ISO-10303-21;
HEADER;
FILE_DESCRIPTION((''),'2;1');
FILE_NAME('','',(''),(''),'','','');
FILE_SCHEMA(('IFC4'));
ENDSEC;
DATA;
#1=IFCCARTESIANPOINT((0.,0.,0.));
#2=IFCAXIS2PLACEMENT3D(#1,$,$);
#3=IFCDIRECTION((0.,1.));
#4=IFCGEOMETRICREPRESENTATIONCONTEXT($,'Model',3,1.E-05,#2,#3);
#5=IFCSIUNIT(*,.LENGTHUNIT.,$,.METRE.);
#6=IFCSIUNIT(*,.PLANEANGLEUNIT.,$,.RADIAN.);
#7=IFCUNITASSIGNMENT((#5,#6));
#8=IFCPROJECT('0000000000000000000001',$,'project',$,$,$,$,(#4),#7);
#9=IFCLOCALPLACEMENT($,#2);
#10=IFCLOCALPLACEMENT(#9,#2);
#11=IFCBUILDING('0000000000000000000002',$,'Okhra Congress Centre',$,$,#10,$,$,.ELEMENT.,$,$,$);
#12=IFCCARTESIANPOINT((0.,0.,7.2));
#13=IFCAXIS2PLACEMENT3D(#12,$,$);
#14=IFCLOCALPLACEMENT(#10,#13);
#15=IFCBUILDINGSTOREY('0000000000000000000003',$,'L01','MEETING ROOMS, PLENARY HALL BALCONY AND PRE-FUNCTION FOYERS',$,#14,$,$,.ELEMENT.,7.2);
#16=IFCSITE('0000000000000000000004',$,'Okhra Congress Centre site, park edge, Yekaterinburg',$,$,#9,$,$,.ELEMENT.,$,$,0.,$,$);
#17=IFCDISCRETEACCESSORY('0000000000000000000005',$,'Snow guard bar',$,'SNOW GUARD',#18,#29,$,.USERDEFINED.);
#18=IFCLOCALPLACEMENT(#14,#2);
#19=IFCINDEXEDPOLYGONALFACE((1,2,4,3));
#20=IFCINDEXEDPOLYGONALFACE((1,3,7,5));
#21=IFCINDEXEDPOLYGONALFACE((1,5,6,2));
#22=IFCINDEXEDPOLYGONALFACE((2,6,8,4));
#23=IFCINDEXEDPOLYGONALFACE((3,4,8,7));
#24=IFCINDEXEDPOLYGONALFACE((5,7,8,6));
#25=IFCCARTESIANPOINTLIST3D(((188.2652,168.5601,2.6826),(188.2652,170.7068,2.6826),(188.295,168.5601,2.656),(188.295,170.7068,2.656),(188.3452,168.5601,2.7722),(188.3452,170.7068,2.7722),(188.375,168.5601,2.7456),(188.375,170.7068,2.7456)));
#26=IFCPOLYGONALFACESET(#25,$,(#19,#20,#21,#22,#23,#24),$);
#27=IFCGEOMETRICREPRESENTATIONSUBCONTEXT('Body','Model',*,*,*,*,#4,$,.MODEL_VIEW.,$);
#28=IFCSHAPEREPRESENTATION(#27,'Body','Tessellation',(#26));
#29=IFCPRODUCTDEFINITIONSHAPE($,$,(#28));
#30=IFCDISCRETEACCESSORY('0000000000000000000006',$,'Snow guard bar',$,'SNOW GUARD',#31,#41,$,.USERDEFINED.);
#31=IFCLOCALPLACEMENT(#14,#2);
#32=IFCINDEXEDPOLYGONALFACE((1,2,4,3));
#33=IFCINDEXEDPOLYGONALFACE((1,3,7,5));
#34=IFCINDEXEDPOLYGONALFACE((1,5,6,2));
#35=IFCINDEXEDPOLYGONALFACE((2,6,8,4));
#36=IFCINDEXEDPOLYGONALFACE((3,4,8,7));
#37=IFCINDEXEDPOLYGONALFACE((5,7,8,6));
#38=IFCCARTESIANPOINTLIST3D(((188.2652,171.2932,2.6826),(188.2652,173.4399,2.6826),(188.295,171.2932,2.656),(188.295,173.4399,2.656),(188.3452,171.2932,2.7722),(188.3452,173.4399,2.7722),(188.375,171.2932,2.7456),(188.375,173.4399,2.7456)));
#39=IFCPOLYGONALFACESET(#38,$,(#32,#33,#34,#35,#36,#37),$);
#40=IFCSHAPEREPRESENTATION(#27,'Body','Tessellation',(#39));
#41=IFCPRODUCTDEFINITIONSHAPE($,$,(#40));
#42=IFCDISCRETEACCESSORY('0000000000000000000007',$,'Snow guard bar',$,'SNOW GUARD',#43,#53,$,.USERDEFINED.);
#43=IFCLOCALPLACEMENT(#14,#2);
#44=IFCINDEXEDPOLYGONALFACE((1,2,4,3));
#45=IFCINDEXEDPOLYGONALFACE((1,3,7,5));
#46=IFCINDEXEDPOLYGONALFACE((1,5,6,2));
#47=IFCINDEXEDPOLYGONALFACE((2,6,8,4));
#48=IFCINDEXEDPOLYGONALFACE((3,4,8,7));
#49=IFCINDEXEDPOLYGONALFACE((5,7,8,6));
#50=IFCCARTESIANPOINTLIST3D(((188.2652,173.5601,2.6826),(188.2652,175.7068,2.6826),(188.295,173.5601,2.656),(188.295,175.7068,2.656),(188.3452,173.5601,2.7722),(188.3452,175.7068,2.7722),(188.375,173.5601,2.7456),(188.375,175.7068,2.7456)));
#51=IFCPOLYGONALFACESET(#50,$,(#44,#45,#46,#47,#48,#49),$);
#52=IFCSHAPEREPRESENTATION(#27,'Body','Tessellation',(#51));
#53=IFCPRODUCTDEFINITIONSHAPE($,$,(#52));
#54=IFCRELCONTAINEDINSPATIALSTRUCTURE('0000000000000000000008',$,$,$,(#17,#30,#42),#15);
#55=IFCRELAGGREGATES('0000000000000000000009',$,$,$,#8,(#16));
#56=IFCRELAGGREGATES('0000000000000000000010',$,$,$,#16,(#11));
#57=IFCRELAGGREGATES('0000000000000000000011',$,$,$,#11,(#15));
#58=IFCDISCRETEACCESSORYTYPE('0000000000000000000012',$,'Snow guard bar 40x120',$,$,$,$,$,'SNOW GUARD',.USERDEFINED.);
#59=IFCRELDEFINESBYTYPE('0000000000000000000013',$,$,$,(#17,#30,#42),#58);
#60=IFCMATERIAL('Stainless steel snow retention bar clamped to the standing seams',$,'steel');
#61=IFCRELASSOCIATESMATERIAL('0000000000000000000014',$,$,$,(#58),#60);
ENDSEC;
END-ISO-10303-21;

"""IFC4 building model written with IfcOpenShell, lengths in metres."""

from ifc_helpers import new_model, si_unit, direction, frame, origin, place, context, subcontext, project, spatial, polyline, outline, extrude, material, type_object, element, save


model = new_model("IFC4")

# Units and contexts
model_context = context("Model", 3, precision=1e-05, world=origin(), true_north=direction((0.0, 1.0)))
body_context = subcontext(model_context, "Body", "Model", "MODEL_VIEW")
ifc_project = project(units=[si_unit("LENGTHUNIT", "METRE"), si_unit("PLANEANGLEUNIT", "RADIAN")], contexts=[model_context])

# Site, building, storey
site_placement = place(None, origin())
site = spatial("IfcSite", under=ifc_project, at=site_placement, Name="Okhra Congress Centre site, park edge, Yekaterinburg", CompositionType="ELEMENT", RefElevation=0.0)
building_placement = place(site_placement, origin())
building = spatial("IfcBuilding", under=site, at=building_placement, Name="Okhra Congress Centre", CompositionType="ELEMENT")
storey_placement = place(building_placement, frame((0.0, 0.0, 7.2)))
storey = spatial("IfcBuildingStorey", under=building, at=storey_placement, Name="L01", Description="MEETING ROOMS, PLENARY HALL BALCONY AND PRE-FUNCTION FOYERS", CompositionType="ELEMENT", Elevation=7.2)

# Discrete accessories
ifc_material_1 = material(Name="Stainless steel snow retention bar clamped to the standing seams", Category="steel")
discrete_accessory_type_1 = type_object("IfcDiscreteAccessoryType", Name="Snow guard bar 40x120", ElementType="SNOW GUARD", PredefinedType="USERDEFINED", material=ifc_material_1)
for number, where, z_axis, x_axis, name in (
    (1, (188.3452, 168.5601, 2.7722), (0.666259, 0.0, 0.745721), (0.745721, 0.0, -0.666259), "Snow guard bar"),
    (2, (188.3452, 171.2932, 2.7722), (0.666259, 0.0, 0.745721), (0.745721, 0.0, -0.666259), "Snow guard bar"),
    (3, (188.3452, 173.5601, 2.7722), (0.666259, 0.0, 0.745721), (0.745721, 0.0, -0.666259), "Snow guard bar"),
):
    element("IfcDiscreteAccessory", number, at=place(storey_placement, frame(where, z_axis=z_axis, x_axis=x_axis)), inside=storey, type_object=discrete_accessory_type_1, Name=name, ObjectType="SNOW GUARD", PredefinedType="USERDEFINED", context=body_context, shape_type="SweptSolid", body=[
        extrude(outline(polyline([(0.0, 0.0), (0.0399, 0.0), (0.0399, 2.1467), (0.0, 2.1467), (0.0, 0.0)])), origin(), (0.0, 0.0, -1.0), 0.1201),
    ])

save(model, "model.ifc")
